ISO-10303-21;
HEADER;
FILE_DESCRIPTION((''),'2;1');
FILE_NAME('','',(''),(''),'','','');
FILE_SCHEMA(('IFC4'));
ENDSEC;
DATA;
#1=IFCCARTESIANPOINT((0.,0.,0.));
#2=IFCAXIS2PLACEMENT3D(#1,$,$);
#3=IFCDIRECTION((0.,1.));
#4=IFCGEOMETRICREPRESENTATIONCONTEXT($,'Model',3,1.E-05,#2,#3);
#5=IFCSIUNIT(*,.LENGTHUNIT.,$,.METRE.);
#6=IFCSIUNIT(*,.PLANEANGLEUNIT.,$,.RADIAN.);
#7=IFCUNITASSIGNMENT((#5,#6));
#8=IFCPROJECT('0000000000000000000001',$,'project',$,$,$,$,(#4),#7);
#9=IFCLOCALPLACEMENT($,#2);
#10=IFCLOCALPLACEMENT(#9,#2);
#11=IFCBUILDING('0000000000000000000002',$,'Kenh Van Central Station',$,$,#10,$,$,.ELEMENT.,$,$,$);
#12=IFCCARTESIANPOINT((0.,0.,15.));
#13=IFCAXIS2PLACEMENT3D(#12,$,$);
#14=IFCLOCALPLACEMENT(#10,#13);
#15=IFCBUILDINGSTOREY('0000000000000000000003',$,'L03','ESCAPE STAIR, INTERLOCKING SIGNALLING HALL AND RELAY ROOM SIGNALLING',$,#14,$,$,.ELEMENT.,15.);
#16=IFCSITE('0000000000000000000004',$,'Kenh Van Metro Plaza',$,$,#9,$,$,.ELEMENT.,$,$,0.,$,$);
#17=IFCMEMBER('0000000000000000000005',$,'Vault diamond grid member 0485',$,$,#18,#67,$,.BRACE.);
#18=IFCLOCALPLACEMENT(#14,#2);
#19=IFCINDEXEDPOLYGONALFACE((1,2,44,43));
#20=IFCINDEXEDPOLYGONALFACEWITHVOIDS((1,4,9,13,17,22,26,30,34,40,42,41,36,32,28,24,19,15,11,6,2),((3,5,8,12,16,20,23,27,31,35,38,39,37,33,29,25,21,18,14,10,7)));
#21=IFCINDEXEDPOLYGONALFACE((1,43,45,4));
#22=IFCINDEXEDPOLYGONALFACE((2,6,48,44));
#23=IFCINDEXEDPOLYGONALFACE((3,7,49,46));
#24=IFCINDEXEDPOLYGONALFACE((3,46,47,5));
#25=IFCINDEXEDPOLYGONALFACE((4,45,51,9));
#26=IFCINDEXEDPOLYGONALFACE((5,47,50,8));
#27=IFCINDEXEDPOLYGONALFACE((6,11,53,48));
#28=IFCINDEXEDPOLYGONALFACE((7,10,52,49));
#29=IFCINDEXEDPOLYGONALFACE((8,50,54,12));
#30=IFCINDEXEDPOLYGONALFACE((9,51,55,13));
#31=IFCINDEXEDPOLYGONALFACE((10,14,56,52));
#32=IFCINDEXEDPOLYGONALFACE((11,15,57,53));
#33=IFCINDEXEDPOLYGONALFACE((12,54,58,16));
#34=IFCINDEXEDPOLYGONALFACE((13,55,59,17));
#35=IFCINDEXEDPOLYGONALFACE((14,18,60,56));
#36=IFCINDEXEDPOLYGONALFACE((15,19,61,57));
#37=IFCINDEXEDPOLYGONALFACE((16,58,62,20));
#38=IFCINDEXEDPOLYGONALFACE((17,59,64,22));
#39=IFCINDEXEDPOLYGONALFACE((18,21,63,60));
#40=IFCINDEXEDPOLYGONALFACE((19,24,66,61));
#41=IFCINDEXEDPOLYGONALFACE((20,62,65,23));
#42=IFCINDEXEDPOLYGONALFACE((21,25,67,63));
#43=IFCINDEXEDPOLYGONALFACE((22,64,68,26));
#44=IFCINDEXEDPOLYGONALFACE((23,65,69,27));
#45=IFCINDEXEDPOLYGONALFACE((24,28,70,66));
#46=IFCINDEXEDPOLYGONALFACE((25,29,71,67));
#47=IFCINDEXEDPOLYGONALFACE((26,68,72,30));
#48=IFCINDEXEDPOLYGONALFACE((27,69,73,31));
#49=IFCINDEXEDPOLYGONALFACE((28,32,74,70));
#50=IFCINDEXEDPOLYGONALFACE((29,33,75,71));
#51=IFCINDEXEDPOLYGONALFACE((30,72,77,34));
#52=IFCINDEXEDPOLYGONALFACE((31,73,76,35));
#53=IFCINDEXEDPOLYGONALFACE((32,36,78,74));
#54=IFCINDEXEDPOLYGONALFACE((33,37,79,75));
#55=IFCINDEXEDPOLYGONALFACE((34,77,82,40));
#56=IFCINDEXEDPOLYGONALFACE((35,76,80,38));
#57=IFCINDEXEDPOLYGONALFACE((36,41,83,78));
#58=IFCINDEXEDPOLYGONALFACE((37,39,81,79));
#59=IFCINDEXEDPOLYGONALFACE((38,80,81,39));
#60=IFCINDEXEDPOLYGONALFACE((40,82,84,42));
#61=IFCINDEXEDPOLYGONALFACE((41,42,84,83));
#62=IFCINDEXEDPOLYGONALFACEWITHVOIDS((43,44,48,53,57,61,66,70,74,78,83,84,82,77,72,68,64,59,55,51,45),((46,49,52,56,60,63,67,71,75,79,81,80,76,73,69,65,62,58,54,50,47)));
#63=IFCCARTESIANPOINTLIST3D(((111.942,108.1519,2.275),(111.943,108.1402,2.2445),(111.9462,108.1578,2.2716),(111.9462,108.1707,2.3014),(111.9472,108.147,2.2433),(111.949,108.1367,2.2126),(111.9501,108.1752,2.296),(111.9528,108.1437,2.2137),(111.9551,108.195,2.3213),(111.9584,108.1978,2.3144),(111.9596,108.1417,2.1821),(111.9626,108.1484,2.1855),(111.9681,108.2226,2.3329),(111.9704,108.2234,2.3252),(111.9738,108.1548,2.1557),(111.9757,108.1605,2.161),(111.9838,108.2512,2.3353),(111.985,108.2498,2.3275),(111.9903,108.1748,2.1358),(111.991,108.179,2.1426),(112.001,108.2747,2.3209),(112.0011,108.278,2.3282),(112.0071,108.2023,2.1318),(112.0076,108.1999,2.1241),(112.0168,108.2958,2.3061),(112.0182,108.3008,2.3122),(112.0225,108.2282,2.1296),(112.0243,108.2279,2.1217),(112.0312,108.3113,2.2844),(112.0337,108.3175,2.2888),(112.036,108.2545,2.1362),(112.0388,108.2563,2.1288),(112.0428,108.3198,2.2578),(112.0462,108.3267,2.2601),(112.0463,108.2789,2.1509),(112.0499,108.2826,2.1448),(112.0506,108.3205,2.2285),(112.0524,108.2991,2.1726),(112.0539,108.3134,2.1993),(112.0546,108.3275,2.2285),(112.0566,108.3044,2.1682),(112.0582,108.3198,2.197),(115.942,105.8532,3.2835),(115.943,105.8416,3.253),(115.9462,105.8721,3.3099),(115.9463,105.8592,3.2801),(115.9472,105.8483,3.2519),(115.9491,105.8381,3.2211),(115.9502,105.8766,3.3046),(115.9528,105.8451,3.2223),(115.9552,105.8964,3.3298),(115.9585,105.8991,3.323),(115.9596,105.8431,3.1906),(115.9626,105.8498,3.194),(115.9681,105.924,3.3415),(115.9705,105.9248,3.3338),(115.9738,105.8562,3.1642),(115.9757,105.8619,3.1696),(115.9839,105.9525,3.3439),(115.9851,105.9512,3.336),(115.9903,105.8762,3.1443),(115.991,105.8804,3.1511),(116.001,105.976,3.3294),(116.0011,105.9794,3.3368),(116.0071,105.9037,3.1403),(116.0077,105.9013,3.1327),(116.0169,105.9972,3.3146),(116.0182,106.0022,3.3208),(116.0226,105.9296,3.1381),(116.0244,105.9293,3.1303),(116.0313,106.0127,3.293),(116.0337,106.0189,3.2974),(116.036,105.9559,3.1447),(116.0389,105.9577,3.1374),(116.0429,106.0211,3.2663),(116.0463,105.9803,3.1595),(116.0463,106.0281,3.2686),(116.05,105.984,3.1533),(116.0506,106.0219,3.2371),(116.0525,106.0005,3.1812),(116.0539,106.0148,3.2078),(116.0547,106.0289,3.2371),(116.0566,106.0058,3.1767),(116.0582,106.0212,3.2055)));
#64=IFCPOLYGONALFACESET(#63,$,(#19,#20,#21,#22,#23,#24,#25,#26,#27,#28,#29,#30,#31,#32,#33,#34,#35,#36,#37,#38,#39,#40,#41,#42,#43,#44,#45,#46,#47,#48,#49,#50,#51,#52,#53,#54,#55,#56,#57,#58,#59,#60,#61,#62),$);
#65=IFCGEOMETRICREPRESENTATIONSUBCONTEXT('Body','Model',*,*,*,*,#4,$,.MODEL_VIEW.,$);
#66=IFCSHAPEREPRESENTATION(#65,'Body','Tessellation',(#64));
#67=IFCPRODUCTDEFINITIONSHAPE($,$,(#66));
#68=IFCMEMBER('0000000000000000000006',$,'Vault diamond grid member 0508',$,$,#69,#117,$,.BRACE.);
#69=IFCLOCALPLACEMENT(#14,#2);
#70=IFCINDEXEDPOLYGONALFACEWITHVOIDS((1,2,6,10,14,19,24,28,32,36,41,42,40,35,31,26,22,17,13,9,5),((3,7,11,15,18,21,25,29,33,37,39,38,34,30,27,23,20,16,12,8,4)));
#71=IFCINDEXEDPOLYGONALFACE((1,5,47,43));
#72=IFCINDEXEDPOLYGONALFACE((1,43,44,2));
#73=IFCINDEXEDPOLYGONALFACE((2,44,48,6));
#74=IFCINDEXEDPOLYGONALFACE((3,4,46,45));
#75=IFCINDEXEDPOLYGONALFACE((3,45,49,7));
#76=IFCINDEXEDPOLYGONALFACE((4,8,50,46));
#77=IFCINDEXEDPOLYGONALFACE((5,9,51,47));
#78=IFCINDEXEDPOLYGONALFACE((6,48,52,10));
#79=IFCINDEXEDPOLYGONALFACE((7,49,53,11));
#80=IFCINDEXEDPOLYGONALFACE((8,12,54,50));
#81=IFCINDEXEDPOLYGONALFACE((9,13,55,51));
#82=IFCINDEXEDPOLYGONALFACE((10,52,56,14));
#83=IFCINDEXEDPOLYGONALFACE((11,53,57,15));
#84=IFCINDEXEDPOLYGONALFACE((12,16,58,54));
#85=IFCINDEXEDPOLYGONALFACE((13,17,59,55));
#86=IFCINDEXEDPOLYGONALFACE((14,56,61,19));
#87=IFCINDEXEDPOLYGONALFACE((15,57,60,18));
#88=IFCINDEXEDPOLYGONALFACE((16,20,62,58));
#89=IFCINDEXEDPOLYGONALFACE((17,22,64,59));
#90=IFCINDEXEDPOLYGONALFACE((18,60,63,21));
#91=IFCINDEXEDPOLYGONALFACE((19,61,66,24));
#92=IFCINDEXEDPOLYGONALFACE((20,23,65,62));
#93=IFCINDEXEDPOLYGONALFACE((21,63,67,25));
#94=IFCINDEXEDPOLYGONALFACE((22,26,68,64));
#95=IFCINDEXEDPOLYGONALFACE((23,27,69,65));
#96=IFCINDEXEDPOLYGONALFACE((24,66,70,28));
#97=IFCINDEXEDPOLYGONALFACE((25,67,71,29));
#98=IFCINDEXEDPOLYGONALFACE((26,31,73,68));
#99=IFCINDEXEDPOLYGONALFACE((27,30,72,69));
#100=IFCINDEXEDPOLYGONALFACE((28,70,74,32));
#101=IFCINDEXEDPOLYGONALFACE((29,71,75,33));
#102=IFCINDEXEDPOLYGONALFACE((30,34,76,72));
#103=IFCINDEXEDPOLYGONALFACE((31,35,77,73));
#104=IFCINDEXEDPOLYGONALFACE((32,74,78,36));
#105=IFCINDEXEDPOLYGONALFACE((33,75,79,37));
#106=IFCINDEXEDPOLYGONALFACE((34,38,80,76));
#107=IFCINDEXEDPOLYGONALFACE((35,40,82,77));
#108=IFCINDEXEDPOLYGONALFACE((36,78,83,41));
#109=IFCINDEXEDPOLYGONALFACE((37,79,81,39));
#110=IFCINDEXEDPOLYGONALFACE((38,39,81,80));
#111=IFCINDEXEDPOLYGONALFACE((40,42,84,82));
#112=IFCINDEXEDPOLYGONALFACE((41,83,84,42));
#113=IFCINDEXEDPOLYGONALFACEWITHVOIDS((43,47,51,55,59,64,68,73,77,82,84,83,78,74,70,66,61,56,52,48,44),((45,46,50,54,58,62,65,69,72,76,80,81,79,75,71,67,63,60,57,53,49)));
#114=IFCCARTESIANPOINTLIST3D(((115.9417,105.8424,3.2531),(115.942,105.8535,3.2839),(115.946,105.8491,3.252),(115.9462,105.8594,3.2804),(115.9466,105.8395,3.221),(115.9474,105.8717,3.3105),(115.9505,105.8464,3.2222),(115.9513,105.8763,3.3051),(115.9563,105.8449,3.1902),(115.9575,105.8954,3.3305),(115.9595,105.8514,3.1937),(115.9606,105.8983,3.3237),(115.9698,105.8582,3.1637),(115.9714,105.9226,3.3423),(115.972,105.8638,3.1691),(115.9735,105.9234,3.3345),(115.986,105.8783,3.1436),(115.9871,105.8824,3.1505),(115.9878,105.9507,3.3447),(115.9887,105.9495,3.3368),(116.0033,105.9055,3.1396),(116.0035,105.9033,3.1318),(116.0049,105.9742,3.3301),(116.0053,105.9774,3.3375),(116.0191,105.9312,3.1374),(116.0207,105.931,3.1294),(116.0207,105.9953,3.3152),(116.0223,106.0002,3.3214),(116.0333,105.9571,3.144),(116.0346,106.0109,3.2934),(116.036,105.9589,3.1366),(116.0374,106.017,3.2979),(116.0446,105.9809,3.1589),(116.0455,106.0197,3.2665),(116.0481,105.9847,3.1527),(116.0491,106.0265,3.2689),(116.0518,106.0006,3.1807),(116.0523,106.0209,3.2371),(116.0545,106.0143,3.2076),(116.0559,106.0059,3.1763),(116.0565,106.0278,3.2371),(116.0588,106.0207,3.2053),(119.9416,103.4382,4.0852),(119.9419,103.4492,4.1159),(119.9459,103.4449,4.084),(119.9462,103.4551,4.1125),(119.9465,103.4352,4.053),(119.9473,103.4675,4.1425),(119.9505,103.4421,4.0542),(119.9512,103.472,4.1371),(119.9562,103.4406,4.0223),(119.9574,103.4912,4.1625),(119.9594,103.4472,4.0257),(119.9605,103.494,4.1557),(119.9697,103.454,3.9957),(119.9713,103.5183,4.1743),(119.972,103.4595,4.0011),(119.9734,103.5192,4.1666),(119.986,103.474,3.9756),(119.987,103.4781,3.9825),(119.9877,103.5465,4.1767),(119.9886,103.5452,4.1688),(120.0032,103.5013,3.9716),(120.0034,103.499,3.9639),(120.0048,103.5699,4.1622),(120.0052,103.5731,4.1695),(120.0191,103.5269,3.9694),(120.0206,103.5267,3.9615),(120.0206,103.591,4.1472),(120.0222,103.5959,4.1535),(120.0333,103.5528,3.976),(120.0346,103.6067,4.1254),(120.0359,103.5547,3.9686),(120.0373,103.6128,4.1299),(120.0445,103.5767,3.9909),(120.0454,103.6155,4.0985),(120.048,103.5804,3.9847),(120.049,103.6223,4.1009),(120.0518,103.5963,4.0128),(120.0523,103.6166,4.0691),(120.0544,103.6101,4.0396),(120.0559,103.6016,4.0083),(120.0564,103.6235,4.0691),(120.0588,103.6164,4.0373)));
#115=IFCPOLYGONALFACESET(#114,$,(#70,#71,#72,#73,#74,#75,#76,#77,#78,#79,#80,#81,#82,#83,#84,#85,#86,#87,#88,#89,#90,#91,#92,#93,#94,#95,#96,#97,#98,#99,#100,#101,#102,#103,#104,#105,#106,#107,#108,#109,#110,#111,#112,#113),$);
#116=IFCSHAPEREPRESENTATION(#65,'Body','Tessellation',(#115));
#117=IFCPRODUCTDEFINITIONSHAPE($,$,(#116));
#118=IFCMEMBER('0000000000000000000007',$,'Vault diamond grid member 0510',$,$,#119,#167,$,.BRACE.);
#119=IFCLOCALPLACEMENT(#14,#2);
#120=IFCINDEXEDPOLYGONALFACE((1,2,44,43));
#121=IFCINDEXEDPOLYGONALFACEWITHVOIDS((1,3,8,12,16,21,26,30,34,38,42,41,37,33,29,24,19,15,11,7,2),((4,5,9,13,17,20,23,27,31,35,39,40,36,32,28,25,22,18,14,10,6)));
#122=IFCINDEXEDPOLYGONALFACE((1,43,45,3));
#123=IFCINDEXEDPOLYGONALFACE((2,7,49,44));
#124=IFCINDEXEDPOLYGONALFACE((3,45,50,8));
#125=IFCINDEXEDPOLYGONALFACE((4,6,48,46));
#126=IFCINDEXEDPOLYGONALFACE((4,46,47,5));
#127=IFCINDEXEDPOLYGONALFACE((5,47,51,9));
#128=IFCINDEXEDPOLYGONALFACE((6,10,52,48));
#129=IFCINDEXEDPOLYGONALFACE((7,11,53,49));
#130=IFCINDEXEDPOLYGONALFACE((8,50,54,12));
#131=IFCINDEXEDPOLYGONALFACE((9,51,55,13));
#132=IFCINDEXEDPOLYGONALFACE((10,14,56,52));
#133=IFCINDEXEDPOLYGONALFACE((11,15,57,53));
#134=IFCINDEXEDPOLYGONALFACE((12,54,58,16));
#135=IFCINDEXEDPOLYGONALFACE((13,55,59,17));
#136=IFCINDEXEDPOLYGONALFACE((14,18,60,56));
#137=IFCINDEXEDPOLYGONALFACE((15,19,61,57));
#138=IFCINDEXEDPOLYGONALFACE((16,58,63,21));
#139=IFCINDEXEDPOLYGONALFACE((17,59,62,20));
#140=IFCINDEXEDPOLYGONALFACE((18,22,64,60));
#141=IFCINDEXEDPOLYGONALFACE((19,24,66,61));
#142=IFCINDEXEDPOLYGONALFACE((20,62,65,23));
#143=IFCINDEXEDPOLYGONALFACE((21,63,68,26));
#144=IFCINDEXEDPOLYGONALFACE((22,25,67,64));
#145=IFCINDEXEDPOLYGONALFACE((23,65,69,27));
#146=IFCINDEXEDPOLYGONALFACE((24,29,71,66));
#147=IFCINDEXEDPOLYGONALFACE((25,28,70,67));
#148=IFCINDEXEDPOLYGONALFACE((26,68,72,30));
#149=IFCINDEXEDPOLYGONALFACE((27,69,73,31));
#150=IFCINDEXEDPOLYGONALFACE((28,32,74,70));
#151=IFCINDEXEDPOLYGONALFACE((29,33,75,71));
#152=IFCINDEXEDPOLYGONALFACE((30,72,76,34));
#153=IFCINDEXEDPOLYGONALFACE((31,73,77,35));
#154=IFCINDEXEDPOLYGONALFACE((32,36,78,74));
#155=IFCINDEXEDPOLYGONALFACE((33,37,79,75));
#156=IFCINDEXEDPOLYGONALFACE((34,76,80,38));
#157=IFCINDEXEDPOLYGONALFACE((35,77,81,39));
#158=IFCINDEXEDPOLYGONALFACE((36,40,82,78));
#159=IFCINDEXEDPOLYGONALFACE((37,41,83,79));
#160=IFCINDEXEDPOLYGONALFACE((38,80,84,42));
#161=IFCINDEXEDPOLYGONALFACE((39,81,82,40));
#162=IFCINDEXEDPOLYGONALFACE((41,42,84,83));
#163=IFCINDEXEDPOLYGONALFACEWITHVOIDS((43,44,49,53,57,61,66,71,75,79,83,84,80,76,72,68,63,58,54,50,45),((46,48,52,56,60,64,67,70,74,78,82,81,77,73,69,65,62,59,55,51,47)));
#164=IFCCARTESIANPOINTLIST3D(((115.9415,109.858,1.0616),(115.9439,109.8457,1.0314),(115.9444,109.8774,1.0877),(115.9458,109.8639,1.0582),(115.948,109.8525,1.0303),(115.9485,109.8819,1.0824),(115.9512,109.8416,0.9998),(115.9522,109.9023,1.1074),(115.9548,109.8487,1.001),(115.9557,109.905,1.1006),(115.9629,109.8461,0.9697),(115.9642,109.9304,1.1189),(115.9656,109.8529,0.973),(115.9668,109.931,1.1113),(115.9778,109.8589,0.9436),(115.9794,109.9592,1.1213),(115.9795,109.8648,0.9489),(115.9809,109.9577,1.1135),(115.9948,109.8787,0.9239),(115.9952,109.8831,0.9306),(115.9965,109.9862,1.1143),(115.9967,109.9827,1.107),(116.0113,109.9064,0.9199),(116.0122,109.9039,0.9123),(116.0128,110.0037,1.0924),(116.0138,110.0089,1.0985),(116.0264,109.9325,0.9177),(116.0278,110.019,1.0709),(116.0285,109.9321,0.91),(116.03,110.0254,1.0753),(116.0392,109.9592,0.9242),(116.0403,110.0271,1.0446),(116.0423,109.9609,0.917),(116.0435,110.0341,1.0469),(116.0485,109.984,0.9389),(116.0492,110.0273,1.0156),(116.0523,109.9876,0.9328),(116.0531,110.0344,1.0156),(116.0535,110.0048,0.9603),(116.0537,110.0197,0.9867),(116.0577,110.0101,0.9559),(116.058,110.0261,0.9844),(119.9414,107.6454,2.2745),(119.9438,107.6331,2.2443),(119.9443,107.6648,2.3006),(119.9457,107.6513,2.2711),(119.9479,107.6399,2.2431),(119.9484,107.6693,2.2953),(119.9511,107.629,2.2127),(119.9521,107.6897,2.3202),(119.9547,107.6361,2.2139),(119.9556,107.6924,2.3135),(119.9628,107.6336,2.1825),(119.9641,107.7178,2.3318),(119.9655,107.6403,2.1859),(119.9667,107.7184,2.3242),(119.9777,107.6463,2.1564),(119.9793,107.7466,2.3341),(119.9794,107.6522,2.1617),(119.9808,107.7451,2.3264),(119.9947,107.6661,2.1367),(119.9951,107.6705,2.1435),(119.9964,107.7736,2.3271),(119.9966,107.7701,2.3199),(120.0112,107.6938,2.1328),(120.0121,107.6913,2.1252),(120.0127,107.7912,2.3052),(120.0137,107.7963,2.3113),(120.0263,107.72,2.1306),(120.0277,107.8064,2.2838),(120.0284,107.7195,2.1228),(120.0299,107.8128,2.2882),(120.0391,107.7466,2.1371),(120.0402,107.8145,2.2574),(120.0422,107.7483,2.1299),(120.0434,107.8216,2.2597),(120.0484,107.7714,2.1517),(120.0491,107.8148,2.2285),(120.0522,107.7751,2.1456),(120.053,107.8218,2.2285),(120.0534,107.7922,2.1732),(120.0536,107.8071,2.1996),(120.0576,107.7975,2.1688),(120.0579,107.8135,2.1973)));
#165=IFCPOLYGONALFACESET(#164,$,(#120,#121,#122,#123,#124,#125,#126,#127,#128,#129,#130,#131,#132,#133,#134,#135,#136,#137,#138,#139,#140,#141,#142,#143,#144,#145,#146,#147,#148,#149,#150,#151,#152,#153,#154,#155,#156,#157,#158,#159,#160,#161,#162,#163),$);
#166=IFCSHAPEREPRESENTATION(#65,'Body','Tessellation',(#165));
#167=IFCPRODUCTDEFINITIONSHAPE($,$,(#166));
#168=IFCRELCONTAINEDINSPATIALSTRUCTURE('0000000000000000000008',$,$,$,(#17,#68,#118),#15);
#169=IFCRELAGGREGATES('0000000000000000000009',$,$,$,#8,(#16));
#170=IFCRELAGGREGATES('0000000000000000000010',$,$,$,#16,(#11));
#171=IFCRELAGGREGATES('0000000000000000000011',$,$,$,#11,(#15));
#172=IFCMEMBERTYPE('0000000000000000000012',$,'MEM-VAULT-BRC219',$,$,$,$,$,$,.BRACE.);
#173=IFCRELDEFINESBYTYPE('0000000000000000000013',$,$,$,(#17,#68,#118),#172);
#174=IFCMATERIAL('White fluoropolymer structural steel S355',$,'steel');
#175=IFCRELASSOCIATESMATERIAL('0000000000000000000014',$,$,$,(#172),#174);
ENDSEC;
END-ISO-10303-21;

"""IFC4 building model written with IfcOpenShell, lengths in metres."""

from ifc_helpers import new_model, si_unit, direction, frame, origin, origin_2d, place, context, subcontext, project, spatial, hollow_circle, extrude, material, material_profile, profile_set, type_object, element, save


model = new_model("IFC4")

# Units and contexts
model_context = context("Model", 3, precision=1e-05, world=origin(), true_north=direction((0.0, 1.0)))
body_context = subcontext(model_context, "Body", "Model", "MODEL_VIEW")
ifc_project = project(units=[si_unit("LENGTHUNIT", "METRE"), si_unit("PLANEANGLEUNIT", "RADIAN")], contexts=[model_context])

# Site, building, storey
site_placement = place(None, origin())
site = spatial("IfcSite", under=ifc_project, at=site_placement, Name="Kenh Van Metro Plaza", CompositionType="ELEMENT", RefElevation=0.0)
building_placement = place(site_placement, origin())
building = spatial("IfcBuilding", under=site, at=building_placement, Name="Kenh Van Central Station", CompositionType="ELEMENT")
storey_placement = place(building_placement, frame((0.0, 0.0, 15.0)))
storey = spatial("IfcBuildingStorey", under=building, at=storey_placement, Name="L03", Description="ESCAPE STAIR, INTERLOCKING SIGNALLING HALL AND RELAY ROOM SIGNALLING", CompositionType="ELEMENT", Elevation=15.0)

# Shared definitions
ifc_material_1 = material(Name="White fluoropolymer structural steel S355", Category="steel")

# Members
ifc_material_profile_1 = material_profile(ifc_material_1, hollow_circle(Radius=0.1096, WallThickness=0.0081, at=origin_2d()), Name="CHS 219.1x8")
ifc_profile_set_1 = profile_set([ifc_material_profile_1], Name="White fluoropolymer structural steel S355")
member_type_1 = type_object("IfcMemberType", Name="MEM-VAULT-BRC219", PredefinedType="BRACE", material=ifc_profile_set_1)
member_1_placement = place(storey_placement, frame((112.0, 108.2324, 2.2285), z_axis=(0.847035, -0.486745, 0.213568), x_axis=(0.49824, 0.867039, 0.0)))
element("IfcMember", 1, at=member_1_placement, inside=storey, type_object=member_type_1, Name="Vault diamond grid member 0485", PredefinedType="BRACE", context=body_context, shape_type="SweptSolid", body=[
    extrude(hollow_circle(Radius=0.1096, WallThickness=0.0081, at=origin_2d()), origin(), (0.0, 0.0, 1.0), 4.7224),
])
member_2_placement = place(storey_placement, frame((116.0, 105.9338, 3.2371), z_axis=(0.843782, -0.507176, 0.175513), x_axis=(0.515173, 0.857086, 0.0)))
element("IfcMember", 2, at=member_2_placement, inside=storey, type_object=member_type_1, Name="Vault diamond grid member 0508", PredefinedType="BRACE", context=body_context, shape_type="SweptSolid", body=[
    extrude(hollow_circle(Radius=0.1096, WallThickness=0.0081, at=origin_2d()), origin(), (0.0, 0.0, 1.0), 4.7405),
])
member_3_placement = place(storey_placement, frame((116.0, 109.9385, 1.0156), z_axis=(0.845779, -0.467853, 0.256459), x_axis=(0.484041, 0.875045, 0.0)))
element("IfcMember", 3, at=member_3_placement, inside=storey, type_object=member_type_1, Name="Vault diamond grid member 0510", PredefinedType="BRACE", context=body_context, shape_type="SweptSolid", body=[
    extrude(hollow_circle(Radius=0.1096, WallThickness=0.0081, at=origin_2d()), origin(), (0.0, 0.0, 1.0), 4.7292),
])

save(model, "model.ifc")
